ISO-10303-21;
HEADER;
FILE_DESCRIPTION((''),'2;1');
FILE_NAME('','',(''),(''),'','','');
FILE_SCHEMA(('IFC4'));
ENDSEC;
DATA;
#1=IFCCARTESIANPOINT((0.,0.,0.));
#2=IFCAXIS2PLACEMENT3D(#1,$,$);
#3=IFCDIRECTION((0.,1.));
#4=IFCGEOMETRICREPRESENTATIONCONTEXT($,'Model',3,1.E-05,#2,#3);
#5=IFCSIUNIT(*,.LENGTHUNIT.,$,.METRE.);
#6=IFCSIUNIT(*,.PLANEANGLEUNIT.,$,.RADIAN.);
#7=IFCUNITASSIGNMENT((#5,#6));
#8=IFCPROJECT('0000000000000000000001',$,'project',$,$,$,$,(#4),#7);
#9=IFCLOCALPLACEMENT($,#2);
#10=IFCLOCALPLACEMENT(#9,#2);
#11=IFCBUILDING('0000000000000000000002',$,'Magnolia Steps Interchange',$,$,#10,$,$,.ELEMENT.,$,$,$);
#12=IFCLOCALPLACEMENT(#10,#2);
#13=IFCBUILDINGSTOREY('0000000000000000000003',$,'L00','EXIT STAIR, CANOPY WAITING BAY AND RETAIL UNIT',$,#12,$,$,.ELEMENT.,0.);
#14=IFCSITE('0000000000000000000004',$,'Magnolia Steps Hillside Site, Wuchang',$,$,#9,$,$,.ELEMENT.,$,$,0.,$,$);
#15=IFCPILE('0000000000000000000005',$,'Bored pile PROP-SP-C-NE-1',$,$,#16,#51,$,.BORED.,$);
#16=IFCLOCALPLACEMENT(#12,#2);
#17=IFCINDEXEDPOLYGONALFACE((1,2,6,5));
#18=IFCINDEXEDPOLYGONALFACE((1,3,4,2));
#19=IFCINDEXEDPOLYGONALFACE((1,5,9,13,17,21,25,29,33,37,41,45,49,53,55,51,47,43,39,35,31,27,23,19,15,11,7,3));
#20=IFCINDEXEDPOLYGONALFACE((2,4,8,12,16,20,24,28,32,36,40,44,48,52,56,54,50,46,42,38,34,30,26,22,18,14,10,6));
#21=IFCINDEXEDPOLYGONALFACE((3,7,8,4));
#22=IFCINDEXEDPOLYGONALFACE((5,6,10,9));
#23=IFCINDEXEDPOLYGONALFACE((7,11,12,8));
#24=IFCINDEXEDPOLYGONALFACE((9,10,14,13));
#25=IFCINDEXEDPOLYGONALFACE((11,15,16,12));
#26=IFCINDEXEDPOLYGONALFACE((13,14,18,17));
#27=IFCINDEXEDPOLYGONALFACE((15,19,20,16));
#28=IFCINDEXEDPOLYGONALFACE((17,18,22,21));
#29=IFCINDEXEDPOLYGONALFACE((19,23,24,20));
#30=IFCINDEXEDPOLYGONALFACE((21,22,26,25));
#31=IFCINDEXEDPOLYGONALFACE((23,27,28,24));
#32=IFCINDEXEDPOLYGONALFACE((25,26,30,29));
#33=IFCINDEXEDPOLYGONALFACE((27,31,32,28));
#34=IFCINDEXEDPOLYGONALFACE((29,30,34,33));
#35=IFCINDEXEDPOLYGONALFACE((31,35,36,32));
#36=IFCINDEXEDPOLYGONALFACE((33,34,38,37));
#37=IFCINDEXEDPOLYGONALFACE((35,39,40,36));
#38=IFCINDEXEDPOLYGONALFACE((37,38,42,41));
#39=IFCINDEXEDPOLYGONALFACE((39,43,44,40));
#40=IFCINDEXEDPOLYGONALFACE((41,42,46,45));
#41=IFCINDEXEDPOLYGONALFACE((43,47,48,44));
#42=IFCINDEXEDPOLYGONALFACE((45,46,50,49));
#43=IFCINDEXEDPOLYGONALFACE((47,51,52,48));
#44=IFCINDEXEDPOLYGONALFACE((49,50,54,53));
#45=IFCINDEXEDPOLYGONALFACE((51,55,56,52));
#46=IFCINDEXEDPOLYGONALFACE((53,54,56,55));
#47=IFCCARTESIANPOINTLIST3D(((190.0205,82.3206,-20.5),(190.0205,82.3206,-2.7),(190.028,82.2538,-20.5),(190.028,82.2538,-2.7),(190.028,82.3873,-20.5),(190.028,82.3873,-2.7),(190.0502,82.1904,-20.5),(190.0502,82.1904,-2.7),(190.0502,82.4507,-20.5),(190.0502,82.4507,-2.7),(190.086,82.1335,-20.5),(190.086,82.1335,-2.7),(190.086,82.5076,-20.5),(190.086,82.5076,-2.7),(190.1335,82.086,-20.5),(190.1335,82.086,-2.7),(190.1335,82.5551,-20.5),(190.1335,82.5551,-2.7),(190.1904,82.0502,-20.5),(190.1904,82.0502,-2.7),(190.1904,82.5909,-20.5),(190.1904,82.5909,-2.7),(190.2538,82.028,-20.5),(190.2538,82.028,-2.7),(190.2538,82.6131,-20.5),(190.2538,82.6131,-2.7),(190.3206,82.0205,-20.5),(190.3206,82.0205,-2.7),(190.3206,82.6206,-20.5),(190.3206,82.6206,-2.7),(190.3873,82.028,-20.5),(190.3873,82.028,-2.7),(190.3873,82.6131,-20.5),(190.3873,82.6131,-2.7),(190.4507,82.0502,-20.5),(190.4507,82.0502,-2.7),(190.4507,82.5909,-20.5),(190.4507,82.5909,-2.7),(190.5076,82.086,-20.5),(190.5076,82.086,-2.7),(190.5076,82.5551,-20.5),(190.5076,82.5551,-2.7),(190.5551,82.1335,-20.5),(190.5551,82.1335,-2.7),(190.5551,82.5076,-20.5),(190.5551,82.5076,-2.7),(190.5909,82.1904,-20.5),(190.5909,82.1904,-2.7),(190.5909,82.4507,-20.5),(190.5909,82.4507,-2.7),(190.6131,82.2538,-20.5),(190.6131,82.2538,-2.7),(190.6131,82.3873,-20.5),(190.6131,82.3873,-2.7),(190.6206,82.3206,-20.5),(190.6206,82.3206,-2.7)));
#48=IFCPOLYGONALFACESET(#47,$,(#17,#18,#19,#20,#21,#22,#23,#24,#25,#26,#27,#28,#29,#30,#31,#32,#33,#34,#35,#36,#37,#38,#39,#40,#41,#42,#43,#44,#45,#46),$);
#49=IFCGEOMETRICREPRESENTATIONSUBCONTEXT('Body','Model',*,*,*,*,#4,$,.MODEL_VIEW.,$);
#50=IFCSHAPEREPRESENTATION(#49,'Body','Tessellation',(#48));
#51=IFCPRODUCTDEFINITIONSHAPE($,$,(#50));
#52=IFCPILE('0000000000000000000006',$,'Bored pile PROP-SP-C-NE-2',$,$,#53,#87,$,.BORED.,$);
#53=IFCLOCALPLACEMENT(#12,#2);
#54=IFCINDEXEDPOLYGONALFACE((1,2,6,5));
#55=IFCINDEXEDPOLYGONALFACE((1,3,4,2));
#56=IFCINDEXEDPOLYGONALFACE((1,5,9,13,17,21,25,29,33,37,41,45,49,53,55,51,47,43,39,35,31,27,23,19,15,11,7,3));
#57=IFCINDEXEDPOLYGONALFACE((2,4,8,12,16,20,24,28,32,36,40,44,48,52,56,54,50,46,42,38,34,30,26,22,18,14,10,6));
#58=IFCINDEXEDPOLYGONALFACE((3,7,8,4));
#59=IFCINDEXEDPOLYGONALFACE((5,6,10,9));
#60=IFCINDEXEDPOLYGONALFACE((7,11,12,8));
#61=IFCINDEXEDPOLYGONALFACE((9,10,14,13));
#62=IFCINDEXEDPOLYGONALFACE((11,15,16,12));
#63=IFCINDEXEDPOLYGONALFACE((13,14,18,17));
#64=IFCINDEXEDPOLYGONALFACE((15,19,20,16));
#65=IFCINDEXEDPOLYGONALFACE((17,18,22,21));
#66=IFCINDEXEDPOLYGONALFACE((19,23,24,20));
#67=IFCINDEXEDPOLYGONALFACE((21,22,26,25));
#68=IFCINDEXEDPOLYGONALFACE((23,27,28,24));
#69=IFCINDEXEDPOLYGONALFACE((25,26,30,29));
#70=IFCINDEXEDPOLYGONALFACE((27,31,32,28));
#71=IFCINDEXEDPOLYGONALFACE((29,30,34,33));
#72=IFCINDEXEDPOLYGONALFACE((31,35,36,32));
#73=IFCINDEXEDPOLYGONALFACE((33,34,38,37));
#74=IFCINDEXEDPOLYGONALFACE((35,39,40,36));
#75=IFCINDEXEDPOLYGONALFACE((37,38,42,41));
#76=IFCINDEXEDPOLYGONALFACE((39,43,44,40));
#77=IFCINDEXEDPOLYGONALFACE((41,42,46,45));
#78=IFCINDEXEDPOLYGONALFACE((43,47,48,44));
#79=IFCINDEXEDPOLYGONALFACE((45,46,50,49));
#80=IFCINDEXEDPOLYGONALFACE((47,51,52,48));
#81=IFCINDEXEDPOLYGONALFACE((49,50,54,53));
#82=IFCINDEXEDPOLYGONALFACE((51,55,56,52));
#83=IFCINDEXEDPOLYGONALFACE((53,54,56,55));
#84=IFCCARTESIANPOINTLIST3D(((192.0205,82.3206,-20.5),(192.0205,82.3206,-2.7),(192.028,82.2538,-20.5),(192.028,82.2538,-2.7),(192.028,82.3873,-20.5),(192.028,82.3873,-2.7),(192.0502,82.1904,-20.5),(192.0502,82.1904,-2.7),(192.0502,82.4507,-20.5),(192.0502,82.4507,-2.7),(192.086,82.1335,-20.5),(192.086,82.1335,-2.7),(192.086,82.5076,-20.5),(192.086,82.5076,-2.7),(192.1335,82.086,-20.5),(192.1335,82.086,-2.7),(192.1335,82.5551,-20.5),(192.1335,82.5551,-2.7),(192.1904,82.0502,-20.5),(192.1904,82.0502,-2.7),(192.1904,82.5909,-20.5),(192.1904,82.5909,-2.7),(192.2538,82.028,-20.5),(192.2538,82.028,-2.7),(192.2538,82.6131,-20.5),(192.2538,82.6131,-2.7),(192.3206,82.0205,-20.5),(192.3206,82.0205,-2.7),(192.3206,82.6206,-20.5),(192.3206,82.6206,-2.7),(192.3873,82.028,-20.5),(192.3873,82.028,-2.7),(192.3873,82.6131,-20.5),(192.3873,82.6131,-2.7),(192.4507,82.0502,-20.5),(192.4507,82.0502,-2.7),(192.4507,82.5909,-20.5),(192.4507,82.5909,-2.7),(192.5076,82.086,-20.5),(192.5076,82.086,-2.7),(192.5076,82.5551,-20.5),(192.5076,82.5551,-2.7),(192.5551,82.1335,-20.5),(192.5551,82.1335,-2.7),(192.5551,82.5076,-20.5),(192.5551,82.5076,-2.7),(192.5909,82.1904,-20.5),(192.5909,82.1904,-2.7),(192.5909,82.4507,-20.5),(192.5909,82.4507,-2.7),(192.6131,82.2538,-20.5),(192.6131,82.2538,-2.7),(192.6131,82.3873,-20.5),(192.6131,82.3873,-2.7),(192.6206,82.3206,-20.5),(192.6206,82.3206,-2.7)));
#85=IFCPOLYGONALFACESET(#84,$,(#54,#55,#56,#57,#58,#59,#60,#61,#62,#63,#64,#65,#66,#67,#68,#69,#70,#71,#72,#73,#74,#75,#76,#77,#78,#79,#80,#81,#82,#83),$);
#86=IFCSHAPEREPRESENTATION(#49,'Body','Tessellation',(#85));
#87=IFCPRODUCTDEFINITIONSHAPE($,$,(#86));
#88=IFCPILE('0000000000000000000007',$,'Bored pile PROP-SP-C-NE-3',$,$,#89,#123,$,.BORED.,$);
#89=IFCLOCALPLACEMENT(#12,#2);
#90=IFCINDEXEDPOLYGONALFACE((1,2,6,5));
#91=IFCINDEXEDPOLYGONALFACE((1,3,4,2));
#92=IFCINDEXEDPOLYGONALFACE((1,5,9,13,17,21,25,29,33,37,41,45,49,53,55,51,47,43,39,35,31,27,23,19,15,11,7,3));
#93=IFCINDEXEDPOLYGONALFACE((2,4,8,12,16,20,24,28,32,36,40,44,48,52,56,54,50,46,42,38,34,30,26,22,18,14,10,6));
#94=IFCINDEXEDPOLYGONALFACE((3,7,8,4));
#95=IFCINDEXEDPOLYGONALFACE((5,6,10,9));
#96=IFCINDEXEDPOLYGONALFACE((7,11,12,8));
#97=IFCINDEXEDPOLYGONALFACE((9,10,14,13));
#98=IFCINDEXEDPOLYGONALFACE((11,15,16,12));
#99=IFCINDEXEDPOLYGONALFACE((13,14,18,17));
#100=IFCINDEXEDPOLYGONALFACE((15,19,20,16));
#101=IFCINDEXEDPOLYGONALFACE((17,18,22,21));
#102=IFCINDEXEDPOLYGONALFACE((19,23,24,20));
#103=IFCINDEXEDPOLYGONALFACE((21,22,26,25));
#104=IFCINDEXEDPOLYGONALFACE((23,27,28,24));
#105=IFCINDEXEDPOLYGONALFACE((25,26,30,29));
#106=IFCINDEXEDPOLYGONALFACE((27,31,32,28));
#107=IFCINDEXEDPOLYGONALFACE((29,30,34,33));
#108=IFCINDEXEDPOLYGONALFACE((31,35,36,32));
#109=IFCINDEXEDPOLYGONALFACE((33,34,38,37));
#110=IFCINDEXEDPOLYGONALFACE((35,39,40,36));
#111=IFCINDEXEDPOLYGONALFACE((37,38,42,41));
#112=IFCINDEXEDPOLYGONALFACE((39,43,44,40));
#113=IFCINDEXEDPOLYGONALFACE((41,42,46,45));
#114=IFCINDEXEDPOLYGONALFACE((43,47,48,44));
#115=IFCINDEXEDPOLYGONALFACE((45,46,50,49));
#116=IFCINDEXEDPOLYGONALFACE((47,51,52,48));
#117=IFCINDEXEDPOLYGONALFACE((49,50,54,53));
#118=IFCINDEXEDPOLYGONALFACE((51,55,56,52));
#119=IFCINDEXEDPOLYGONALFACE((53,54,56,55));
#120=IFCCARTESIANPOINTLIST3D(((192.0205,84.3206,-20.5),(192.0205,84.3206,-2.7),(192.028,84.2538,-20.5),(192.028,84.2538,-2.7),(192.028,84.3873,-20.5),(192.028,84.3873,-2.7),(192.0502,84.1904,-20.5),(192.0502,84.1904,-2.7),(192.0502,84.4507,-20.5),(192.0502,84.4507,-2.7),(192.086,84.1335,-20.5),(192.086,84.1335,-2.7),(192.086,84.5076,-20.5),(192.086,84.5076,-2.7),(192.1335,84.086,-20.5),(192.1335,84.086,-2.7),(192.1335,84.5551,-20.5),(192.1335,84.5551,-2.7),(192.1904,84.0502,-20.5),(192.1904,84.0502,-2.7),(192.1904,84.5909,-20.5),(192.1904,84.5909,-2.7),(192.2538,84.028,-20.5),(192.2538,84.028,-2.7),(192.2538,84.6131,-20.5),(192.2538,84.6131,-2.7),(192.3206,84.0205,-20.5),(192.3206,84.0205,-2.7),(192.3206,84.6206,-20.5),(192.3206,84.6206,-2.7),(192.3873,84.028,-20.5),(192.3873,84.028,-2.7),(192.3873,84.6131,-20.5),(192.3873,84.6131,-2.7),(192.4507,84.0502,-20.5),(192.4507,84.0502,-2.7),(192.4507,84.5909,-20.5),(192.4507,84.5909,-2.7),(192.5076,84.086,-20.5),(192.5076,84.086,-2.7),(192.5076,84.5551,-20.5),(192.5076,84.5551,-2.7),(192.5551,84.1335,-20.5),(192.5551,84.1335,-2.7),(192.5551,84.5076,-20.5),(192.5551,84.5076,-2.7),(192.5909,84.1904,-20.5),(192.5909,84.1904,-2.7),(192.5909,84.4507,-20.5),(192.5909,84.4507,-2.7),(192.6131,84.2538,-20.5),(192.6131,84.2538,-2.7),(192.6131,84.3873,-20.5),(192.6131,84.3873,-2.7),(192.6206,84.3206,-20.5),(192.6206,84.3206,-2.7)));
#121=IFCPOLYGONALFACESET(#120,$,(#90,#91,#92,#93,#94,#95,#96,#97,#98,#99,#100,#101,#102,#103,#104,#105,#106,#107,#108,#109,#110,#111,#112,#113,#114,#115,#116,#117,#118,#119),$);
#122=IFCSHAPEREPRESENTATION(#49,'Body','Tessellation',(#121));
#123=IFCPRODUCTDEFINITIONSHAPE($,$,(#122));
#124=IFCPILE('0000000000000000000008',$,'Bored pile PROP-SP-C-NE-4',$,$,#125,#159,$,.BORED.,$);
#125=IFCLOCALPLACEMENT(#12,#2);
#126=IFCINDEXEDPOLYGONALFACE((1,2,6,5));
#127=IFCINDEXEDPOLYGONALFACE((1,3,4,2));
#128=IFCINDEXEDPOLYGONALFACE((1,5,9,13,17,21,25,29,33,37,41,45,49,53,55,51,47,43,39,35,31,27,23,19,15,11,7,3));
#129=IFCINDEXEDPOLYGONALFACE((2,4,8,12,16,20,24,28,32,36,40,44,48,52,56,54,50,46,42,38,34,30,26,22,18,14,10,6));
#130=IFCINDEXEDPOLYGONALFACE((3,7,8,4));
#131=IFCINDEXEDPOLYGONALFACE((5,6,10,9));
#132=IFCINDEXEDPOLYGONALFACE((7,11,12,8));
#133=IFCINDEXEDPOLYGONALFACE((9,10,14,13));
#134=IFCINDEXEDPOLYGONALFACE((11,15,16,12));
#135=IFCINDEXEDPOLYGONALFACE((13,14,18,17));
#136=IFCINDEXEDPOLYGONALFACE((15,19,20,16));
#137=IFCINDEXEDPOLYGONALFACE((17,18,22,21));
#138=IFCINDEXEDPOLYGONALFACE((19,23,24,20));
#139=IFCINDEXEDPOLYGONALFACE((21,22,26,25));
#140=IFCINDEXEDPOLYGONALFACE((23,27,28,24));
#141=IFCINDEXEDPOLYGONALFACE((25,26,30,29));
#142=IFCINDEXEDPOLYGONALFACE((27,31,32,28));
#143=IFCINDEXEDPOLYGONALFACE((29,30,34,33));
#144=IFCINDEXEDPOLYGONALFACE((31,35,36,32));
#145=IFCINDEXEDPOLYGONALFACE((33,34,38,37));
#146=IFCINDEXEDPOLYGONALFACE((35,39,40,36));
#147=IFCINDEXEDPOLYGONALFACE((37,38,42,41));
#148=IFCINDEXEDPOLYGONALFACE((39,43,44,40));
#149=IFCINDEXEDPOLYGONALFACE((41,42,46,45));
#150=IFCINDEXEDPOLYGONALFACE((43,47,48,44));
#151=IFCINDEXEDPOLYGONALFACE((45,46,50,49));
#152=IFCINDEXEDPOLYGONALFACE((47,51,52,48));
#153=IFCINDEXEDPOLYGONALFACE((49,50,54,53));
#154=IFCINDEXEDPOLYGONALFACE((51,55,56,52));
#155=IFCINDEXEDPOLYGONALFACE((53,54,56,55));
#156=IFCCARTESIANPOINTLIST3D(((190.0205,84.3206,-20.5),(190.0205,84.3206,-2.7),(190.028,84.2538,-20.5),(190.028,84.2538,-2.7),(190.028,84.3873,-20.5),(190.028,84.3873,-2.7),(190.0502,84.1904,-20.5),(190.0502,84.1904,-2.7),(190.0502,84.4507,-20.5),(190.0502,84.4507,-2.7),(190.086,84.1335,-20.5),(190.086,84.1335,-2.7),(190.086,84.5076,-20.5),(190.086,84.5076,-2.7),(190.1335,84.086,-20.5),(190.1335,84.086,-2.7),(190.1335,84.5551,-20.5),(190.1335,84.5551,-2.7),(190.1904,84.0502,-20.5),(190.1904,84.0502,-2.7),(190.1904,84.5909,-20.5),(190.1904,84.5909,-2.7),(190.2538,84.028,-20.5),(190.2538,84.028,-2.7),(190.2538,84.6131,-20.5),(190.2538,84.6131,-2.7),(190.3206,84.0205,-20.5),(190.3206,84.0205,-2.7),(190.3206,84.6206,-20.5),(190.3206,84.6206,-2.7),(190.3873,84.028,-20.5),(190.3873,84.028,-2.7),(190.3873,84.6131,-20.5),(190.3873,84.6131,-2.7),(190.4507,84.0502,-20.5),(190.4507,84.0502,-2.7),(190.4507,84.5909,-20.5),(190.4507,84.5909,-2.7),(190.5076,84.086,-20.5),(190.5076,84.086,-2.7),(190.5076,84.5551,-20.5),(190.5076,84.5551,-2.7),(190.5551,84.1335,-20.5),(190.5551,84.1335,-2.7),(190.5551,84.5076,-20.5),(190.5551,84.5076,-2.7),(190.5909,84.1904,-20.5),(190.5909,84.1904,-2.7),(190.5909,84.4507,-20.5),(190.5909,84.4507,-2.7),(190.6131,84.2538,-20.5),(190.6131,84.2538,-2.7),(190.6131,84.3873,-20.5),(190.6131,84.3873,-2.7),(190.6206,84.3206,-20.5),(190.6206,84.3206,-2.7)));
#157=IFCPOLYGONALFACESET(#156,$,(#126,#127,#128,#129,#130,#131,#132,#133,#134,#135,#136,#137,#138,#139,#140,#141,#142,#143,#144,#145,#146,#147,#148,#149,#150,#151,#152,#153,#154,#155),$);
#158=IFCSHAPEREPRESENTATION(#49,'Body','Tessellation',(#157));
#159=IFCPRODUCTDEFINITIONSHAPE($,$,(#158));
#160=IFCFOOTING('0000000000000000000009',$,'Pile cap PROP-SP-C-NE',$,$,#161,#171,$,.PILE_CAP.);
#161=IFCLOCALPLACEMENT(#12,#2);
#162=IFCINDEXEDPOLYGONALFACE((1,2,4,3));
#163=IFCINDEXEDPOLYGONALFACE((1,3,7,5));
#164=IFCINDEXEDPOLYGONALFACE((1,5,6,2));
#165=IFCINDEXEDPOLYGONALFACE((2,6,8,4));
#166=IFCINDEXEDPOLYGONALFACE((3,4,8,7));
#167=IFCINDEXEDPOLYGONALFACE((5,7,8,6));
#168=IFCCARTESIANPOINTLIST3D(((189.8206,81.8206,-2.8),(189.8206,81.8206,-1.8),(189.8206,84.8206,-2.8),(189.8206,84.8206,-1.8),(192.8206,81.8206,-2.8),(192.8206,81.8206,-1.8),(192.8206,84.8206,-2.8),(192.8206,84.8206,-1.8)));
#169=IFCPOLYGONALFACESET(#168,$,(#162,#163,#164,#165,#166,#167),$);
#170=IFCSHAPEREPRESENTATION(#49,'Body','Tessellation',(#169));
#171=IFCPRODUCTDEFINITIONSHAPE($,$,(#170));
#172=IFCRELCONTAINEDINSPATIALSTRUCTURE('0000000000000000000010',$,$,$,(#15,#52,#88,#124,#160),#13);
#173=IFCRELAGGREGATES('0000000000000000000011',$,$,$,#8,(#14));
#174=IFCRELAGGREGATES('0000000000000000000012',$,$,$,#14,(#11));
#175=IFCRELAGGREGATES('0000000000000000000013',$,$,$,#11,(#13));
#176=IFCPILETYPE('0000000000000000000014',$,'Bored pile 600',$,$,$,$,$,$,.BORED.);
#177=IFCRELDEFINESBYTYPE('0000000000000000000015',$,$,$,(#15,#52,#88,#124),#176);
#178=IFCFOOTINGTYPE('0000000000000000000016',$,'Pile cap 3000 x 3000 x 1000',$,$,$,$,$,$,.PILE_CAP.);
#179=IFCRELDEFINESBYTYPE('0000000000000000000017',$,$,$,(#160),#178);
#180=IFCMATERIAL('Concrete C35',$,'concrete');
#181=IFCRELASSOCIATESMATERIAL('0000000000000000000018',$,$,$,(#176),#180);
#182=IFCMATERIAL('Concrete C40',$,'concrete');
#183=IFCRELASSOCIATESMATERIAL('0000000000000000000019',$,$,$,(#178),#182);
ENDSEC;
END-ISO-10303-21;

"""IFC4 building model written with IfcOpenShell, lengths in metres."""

from ifc_helpers import new_model, si_unit, direction, frame, origin, origin_2d, place, context, subcontext, project, spatial, rectangle, circle, extrude, material, material_profile, profile_set, type_object, element, save


model = new_model("IFC4")

# Units and contexts
model_context = context("Model", 3, precision=1e-05, world=origin(), true_north=direction((0.0, 1.0)))
body_context = subcontext(model_context, "Body", "Model", "MODEL_VIEW")
ifc_project = project(units=[si_unit("LENGTHUNIT", "METRE"), si_unit("PLANEANGLEUNIT", "RADIAN")], contexts=[model_context])

# Site, building, storey
site_placement = place(None, origin())
site = spatial("IfcSite", under=ifc_project, at=site_placement, Name="Magnolia Steps Hillside Site, Wuchang", CompositionType="ELEMENT", RefElevation=0.0)
building_placement = place(site_placement, origin())
building = spatial("IfcBuilding", under=site, at=building_placement, Name="Magnolia Steps Interchange", CompositionType="ELEMENT")
storey_placement = place(building_placement, origin())
storey = spatial("IfcBuildingStorey", under=building, at=storey_placement, Name="L00", Description="EXIT STAIR, CANOPY WAITING BAY AND RETAIL UNIT", CompositionType="ELEMENT", Elevation=0.0)

# Piles
ifc_material_1 = material(Name="Concrete C35", Category="concrete")
ifc_material_profile_1 = material_profile(ifc_material_1, circle(Radius=0.3, at=origin_2d()), Name="Bored pile 600")
ifc_profile_set_1 = profile_set([ifc_material_profile_1], Name="Concrete C35")
pile_type = type_object("IfcPileType", Name="Bored pile 600", PredefinedType="BORED", material=ifc_profile_set_1)
for number, where, z_axis, x_axis, name in (
    (1, (190.3206, 82.3206, -2.7), (0.0, 0.0, -1.0), (1.0, 0.0, 0.0), "Bored pile PROP-SP-C-NE-1"),
    (2, (192.3206, 82.3206, -2.7), (0.0, 0.0, -1.0), (1.0, 0.0, 0.0), "Bored pile PROP-SP-C-NE-2"),
    (3, (192.3206, 84.3206, -2.7), (0.0, 0.0, -1.0), (1.0, 0.0, 0.0), "Bored pile PROP-SP-C-NE-3"),
    (4, (190.3206, 84.3206, -2.7), (0.0, 0.0, -1.0), (1.0, 0.0, 0.0), "Bored pile PROP-SP-C-NE-4"),
):
    element("IfcPile", number, at=place(storey_placement, frame(where, z_axis=z_axis, x_axis=x_axis)), inside=storey, type_object=pile_type, Name=name, PredefinedType="BORED", context=body_context, shape_type="SweptSolid", body=[
        extrude(circle(Radius=0.3, at=origin_2d()), origin(), (0.0, 0.0, 1.0), 17.8),
    ])

# Footing
ifc_material_2 = material(Name="Concrete C40", Category="concrete")
footing_type = type_object("IfcFootingType", Name="Pile cap 3000 x 3000 x 1000", PredefinedType="PILE_CAP", material=ifc_material_2)
footing_placement = place(storey_placement, frame((191.3206, 83.3206, -2.8), z_axis=(0.0, 0.0, 1.0), x_axis=(1.0, 0.0, 0.0)))
element("IfcFooting", 5, at=footing_placement, inside=storey, type_object=footing_type, Name="Pile cap PROP-SP-C-NE", PredefinedType="PILE_CAP", context=body_context, shape_type="SweptSolid", body=[
    extrude(rectangle(XDim=3.0, YDim=3.0, at=origin_2d()), origin(), (0.0, 0.0, 1.0), 1.0),
])

save(model, "model.ifc")
